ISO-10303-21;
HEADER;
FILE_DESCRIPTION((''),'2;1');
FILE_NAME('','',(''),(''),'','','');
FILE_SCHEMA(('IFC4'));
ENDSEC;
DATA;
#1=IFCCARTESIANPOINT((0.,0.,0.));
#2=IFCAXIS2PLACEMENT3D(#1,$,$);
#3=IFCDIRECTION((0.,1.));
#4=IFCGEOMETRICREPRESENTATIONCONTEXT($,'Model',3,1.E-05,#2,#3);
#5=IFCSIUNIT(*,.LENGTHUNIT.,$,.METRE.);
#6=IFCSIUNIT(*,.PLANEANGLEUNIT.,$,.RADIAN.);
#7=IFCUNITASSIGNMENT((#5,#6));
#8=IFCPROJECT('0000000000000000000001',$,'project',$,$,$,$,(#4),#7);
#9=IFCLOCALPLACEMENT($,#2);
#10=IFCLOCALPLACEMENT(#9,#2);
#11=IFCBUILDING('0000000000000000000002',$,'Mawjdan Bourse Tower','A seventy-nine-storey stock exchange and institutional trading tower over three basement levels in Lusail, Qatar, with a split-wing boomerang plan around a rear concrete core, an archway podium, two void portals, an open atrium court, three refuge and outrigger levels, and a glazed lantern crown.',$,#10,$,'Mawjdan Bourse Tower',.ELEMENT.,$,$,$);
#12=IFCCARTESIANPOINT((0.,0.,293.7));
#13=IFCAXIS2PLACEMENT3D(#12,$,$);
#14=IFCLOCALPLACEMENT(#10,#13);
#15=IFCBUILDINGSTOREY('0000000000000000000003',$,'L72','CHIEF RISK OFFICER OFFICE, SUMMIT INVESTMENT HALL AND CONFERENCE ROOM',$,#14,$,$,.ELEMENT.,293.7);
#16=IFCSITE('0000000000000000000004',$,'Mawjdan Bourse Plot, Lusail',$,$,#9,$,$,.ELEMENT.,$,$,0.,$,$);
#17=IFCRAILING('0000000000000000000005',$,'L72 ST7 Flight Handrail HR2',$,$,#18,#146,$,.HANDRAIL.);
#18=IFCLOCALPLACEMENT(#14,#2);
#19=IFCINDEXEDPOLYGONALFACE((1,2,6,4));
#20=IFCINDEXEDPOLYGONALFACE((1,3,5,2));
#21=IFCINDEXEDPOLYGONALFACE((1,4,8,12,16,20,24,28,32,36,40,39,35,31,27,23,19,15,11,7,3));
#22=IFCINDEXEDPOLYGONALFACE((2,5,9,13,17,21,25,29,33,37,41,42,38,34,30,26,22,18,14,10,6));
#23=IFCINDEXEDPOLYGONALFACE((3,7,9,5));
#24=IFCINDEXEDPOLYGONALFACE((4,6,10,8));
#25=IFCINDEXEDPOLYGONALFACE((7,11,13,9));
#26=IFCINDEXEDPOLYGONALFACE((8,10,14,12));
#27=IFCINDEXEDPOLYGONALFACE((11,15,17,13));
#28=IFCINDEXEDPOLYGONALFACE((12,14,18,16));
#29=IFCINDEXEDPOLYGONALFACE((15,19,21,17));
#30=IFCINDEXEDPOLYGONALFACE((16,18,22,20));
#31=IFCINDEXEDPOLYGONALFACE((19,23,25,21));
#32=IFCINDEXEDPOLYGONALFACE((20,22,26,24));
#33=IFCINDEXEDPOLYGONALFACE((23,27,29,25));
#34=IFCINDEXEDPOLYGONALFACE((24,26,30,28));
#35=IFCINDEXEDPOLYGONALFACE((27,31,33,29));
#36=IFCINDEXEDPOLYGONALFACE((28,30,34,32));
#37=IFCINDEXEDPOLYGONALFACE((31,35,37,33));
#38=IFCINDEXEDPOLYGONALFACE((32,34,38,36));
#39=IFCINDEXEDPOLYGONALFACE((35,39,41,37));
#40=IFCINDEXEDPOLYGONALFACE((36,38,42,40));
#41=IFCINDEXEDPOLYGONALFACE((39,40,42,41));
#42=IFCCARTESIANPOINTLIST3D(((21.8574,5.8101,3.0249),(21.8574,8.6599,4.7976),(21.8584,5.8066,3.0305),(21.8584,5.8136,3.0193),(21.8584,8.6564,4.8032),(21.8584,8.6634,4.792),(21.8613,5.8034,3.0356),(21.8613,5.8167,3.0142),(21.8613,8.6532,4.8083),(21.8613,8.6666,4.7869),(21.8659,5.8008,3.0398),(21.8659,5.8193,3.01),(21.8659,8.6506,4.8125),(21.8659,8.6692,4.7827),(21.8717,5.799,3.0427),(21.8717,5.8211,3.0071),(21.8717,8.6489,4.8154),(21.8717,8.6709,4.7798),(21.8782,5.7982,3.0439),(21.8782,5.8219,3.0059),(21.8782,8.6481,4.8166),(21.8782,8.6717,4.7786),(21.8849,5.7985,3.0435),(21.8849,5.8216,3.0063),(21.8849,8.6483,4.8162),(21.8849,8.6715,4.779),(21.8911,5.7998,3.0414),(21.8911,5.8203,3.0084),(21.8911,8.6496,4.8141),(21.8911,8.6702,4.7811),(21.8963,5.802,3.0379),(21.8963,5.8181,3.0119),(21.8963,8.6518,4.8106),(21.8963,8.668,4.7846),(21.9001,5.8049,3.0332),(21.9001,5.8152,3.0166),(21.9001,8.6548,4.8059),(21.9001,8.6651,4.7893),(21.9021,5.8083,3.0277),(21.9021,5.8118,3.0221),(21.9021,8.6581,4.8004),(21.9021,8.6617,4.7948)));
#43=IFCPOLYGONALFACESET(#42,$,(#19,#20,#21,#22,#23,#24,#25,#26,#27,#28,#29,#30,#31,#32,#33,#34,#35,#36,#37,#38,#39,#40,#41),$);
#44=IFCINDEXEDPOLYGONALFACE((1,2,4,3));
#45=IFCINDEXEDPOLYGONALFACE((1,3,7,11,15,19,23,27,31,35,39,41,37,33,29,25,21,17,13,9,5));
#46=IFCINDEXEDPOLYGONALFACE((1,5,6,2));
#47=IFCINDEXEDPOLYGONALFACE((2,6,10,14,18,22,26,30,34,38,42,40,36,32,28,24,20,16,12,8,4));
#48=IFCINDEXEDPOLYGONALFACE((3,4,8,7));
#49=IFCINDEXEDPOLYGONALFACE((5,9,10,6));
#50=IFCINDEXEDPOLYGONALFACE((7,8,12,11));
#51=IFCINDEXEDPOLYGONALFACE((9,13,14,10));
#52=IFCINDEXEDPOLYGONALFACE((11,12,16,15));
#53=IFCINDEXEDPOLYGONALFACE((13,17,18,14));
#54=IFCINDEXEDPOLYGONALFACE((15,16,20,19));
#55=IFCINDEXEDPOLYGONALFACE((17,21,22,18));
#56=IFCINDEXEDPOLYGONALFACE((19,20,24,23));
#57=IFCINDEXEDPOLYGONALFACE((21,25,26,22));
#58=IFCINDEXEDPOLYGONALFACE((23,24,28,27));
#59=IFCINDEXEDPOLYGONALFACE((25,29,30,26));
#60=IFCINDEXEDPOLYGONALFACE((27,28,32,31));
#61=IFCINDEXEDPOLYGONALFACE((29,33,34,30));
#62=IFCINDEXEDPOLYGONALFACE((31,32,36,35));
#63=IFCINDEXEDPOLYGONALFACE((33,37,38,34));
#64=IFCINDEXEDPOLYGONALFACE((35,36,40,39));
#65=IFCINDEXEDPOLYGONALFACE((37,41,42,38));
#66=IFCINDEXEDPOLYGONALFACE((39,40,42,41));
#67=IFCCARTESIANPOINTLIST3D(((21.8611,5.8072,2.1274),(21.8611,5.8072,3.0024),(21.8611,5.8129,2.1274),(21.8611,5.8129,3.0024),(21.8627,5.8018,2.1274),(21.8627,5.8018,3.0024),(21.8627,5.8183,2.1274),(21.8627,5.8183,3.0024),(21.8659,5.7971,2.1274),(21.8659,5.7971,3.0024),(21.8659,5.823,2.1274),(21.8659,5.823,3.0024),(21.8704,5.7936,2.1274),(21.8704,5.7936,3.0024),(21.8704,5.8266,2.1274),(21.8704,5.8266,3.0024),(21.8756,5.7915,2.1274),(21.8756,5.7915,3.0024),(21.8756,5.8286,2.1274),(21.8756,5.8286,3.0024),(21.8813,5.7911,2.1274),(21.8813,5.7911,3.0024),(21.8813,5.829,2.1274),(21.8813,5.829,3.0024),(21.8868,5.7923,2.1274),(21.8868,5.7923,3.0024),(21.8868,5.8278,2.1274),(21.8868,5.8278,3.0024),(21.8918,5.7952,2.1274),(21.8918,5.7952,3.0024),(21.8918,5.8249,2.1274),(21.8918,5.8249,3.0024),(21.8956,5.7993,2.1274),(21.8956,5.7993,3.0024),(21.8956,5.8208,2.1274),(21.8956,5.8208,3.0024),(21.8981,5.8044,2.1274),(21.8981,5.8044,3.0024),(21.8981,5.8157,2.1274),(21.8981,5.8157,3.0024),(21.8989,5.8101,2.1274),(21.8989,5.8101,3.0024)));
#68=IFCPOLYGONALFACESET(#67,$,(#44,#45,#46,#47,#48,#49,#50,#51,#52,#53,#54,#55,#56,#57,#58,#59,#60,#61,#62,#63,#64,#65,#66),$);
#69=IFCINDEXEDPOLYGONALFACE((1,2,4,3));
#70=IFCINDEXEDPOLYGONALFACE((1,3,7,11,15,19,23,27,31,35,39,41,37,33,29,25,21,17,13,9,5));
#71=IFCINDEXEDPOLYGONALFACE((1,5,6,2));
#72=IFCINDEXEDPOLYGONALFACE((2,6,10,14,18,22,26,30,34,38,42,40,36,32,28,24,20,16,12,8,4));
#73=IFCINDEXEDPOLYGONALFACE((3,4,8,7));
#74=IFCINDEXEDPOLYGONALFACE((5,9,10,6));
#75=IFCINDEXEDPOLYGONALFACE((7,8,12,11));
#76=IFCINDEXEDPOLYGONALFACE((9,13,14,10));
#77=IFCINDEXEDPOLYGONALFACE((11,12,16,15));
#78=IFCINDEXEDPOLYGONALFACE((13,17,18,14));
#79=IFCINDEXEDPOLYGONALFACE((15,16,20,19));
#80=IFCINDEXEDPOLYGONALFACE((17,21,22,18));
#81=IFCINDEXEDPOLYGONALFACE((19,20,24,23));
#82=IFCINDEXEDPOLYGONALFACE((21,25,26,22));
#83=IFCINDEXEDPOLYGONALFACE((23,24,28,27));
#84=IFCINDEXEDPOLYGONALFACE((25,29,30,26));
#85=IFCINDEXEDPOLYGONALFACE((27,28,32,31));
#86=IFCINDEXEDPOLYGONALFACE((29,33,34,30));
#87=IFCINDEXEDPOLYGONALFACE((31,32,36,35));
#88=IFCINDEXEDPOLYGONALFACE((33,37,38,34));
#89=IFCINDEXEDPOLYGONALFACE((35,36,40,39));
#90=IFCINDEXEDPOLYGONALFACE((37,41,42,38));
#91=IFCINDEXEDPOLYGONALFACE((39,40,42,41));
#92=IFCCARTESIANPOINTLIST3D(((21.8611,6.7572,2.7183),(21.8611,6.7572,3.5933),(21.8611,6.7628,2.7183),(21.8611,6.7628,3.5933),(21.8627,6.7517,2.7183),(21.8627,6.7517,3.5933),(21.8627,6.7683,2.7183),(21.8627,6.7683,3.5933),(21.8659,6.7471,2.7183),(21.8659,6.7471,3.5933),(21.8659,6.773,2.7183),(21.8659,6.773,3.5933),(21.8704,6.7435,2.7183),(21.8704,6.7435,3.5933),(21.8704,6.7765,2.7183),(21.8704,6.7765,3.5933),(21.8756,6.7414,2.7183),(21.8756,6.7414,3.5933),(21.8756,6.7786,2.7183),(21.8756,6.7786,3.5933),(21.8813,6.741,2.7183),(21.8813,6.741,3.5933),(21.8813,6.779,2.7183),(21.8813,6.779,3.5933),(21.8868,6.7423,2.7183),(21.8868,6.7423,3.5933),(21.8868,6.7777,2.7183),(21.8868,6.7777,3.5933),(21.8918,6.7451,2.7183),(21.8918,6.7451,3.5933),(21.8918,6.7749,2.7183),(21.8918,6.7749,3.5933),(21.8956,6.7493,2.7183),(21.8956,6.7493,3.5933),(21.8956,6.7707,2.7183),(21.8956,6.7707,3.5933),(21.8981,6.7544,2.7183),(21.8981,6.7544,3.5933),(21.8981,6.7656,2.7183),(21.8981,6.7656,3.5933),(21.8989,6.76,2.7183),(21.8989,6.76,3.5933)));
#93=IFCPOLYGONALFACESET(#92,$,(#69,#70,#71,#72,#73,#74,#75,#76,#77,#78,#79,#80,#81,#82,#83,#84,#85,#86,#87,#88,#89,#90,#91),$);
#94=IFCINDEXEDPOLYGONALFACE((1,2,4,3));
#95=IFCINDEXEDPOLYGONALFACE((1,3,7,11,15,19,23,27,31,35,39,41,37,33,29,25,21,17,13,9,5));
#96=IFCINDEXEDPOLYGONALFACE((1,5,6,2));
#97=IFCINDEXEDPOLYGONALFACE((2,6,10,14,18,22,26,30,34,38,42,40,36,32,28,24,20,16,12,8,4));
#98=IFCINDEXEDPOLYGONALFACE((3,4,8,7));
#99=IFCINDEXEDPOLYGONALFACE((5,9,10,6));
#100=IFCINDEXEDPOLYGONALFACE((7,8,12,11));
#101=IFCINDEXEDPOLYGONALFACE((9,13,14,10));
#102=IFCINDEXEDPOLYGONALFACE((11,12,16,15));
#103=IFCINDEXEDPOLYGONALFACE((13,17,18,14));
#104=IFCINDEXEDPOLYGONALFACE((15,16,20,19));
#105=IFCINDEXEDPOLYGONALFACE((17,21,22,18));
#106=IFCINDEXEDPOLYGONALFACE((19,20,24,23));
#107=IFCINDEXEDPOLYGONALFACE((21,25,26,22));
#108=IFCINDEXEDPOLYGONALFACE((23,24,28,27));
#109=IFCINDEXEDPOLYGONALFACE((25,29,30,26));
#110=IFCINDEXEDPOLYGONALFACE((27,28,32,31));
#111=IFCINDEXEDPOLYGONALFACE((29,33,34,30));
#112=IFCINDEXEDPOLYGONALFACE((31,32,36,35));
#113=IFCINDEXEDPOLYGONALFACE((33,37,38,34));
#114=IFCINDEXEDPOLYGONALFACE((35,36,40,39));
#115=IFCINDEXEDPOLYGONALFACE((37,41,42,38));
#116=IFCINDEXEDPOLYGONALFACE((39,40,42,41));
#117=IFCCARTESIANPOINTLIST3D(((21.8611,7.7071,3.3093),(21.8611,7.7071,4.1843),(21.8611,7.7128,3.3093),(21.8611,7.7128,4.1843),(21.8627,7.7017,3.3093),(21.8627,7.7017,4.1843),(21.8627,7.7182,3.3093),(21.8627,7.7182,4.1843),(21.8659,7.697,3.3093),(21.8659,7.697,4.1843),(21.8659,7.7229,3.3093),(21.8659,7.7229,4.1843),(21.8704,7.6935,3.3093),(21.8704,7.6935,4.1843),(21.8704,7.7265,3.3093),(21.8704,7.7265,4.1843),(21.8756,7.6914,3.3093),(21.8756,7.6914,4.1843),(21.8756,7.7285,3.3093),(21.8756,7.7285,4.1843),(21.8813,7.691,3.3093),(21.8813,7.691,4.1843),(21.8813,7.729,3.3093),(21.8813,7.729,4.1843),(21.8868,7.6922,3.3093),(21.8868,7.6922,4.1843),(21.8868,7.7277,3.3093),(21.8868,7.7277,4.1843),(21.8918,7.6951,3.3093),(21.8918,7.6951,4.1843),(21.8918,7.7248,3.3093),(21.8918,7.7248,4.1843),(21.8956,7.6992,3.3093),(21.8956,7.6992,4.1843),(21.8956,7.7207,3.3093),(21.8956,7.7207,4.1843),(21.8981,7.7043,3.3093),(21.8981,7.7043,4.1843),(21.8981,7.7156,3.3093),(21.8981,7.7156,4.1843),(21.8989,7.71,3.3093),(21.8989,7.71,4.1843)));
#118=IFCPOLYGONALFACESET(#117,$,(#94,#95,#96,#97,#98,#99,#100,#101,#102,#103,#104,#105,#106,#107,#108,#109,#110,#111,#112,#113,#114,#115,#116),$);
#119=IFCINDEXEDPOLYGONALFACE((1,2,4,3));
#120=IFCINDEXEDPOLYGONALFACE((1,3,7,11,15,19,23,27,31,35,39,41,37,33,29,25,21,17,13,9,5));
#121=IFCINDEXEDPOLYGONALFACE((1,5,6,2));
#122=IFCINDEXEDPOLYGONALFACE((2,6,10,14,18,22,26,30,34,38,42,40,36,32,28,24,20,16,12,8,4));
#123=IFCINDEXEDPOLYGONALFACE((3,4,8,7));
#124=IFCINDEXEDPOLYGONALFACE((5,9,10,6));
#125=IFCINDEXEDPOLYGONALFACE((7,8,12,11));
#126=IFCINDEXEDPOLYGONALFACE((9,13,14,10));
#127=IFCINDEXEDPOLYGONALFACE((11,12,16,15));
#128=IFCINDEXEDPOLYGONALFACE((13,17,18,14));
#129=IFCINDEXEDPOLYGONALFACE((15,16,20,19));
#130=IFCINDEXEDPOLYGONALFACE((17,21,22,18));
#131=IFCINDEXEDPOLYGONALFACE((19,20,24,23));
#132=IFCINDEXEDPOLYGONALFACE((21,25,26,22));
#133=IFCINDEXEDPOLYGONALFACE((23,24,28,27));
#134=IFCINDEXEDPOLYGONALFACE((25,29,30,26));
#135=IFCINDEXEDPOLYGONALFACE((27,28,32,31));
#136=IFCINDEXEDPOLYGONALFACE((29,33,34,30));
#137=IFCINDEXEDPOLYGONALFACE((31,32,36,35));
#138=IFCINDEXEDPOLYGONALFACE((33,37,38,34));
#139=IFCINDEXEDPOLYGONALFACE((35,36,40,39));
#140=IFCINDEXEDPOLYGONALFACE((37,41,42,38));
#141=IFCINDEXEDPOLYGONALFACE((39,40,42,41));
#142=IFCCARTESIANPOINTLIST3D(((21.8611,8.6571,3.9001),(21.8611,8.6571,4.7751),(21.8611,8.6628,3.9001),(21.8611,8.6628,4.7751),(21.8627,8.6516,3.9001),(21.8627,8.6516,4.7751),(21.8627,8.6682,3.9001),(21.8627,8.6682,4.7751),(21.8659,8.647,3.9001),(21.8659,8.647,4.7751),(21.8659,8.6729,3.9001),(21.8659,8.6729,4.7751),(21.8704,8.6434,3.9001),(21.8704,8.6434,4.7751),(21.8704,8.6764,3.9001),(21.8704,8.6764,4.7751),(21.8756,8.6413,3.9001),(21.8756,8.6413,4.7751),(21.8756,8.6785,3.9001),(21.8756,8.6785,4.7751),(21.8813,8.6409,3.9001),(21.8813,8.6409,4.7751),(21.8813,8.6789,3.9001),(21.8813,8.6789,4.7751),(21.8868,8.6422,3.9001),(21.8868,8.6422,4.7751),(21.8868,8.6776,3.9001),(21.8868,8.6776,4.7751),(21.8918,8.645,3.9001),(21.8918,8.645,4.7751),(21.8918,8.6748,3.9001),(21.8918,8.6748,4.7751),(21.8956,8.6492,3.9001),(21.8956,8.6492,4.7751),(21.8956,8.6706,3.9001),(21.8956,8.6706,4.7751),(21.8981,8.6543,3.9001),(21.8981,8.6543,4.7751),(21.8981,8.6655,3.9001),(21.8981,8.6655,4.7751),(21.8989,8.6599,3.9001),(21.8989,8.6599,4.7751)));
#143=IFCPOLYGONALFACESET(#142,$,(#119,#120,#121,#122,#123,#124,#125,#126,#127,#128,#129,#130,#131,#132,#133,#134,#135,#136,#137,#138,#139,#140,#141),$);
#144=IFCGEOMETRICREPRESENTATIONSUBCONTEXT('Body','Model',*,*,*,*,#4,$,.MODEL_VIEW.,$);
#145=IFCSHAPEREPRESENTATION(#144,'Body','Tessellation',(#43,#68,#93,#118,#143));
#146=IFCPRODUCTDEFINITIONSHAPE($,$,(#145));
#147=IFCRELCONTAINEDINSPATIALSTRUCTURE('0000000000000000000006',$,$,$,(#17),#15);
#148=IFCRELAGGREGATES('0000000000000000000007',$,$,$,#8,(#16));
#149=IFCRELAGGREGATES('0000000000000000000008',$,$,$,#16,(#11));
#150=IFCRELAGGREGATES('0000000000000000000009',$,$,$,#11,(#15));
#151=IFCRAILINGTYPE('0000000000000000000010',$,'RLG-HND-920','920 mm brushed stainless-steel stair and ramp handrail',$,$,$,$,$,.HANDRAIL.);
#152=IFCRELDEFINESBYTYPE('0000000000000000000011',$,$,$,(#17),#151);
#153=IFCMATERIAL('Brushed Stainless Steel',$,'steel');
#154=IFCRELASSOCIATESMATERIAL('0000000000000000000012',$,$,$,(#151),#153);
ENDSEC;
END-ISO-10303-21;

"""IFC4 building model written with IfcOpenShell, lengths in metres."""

from ifc_helpers import new_model, si_unit, direction, frame, origin, origin_2d, place, context, subcontext, project, spatial, circle, extrude, material, type_object, element, save


model = new_model("IFC4")

# Units and contexts
model_context = context("Model", 3, precision=1e-05, world=origin(), true_north=direction((0.0, 1.0)))
body_context = subcontext(model_context, "Body", "Model", "MODEL_VIEW")
ifc_project = project(units=[si_unit("LENGTHUNIT", "METRE"), si_unit("PLANEANGLEUNIT", "RADIAN")], contexts=[model_context])

# Site, building, storey
site_placement = place(None, origin())
site = spatial("IfcSite", under=ifc_project, at=site_placement, Name="Mawjdan Bourse Plot, Lusail", CompositionType="ELEMENT", RefElevation=0.0)
building_placement = place(site_placement, origin())
building = spatial("IfcBuilding", under=site, at=building_placement, Name="Mawjdan Bourse Tower", Description="A seventy-nine-storey stock exchange and institutional trading tower over three basement levels in Lusail, Qatar, with a split-wing boomerang plan around a rear concrete core, an archway podium, two void portals, an open atrium court, three refuge and outrigger levels, and a glazed lantern crown.", LongName="Mawjdan Bourse Tower", CompositionType="ELEMENT")
storey_placement = place(building_placement, frame((0.0, 0.0, 293.7)))
storey = spatial("IfcBuildingStorey", under=building, at=storey_placement, Name="L72", Description="CHIEF RISK OFFICER OFFICE, SUMMIT INVESTMENT HALL AND CONFERENCE ROOM", CompositionType="ELEMENT", Elevation=293.7)

# Railing
ifc_material_1 = material(Name="Brushed Stainless Steel", Category="steel")
railing_type_1 = type_object("IfcRailingType", Name="RLG-HND-920", Description="920 mm brushed stainless-steel stair and ramp handrail", PredefinedType="HANDRAIL", material=ifc_material_1)
railing_1_placement = place(storey_placement, frame((21.8799, 5.8101, 2.1274)))
element("IfcRailing", 1, at=railing_1_placement, inside=storey, type_object=railing_type_1, Name="L72 ST7 Flight Handrail HR2", PredefinedType="HANDRAIL", context=body_context, shape_type="SweptSolid", body=[
    extrude(circle(Radius=0.0225, at=origin_2d()), frame((0.0, 0.0, 0.8975), z_axis=(0.0, 0.849128, 0.528187), x_axis=(-1.0, 0.0, 0.0)), (0.0, 0.0, 1.0), 3.3562),
    extrude(circle(Radius=0.019, at=origin_2d()), origin(), (0.0, 0.0, 1.0), 0.875),
    extrude(circle(Radius=0.019, at=origin_2d()), frame((0.0, 0.95, 0.5908)), (0.0, 0.0, 1.0), 0.875),
    extrude(circle(Radius=0.019, at=origin_2d()), frame((0.0, 1.8999, 1.1819)), (0.0, 0.0, 1.0), 0.875),
    extrude(circle(Radius=0.019, at=origin_2d()), frame((0.0, 2.8499, 1.7727)), (0.0, 0.0, 1.0), 0.875),
])

save(model, "model.ifc")
